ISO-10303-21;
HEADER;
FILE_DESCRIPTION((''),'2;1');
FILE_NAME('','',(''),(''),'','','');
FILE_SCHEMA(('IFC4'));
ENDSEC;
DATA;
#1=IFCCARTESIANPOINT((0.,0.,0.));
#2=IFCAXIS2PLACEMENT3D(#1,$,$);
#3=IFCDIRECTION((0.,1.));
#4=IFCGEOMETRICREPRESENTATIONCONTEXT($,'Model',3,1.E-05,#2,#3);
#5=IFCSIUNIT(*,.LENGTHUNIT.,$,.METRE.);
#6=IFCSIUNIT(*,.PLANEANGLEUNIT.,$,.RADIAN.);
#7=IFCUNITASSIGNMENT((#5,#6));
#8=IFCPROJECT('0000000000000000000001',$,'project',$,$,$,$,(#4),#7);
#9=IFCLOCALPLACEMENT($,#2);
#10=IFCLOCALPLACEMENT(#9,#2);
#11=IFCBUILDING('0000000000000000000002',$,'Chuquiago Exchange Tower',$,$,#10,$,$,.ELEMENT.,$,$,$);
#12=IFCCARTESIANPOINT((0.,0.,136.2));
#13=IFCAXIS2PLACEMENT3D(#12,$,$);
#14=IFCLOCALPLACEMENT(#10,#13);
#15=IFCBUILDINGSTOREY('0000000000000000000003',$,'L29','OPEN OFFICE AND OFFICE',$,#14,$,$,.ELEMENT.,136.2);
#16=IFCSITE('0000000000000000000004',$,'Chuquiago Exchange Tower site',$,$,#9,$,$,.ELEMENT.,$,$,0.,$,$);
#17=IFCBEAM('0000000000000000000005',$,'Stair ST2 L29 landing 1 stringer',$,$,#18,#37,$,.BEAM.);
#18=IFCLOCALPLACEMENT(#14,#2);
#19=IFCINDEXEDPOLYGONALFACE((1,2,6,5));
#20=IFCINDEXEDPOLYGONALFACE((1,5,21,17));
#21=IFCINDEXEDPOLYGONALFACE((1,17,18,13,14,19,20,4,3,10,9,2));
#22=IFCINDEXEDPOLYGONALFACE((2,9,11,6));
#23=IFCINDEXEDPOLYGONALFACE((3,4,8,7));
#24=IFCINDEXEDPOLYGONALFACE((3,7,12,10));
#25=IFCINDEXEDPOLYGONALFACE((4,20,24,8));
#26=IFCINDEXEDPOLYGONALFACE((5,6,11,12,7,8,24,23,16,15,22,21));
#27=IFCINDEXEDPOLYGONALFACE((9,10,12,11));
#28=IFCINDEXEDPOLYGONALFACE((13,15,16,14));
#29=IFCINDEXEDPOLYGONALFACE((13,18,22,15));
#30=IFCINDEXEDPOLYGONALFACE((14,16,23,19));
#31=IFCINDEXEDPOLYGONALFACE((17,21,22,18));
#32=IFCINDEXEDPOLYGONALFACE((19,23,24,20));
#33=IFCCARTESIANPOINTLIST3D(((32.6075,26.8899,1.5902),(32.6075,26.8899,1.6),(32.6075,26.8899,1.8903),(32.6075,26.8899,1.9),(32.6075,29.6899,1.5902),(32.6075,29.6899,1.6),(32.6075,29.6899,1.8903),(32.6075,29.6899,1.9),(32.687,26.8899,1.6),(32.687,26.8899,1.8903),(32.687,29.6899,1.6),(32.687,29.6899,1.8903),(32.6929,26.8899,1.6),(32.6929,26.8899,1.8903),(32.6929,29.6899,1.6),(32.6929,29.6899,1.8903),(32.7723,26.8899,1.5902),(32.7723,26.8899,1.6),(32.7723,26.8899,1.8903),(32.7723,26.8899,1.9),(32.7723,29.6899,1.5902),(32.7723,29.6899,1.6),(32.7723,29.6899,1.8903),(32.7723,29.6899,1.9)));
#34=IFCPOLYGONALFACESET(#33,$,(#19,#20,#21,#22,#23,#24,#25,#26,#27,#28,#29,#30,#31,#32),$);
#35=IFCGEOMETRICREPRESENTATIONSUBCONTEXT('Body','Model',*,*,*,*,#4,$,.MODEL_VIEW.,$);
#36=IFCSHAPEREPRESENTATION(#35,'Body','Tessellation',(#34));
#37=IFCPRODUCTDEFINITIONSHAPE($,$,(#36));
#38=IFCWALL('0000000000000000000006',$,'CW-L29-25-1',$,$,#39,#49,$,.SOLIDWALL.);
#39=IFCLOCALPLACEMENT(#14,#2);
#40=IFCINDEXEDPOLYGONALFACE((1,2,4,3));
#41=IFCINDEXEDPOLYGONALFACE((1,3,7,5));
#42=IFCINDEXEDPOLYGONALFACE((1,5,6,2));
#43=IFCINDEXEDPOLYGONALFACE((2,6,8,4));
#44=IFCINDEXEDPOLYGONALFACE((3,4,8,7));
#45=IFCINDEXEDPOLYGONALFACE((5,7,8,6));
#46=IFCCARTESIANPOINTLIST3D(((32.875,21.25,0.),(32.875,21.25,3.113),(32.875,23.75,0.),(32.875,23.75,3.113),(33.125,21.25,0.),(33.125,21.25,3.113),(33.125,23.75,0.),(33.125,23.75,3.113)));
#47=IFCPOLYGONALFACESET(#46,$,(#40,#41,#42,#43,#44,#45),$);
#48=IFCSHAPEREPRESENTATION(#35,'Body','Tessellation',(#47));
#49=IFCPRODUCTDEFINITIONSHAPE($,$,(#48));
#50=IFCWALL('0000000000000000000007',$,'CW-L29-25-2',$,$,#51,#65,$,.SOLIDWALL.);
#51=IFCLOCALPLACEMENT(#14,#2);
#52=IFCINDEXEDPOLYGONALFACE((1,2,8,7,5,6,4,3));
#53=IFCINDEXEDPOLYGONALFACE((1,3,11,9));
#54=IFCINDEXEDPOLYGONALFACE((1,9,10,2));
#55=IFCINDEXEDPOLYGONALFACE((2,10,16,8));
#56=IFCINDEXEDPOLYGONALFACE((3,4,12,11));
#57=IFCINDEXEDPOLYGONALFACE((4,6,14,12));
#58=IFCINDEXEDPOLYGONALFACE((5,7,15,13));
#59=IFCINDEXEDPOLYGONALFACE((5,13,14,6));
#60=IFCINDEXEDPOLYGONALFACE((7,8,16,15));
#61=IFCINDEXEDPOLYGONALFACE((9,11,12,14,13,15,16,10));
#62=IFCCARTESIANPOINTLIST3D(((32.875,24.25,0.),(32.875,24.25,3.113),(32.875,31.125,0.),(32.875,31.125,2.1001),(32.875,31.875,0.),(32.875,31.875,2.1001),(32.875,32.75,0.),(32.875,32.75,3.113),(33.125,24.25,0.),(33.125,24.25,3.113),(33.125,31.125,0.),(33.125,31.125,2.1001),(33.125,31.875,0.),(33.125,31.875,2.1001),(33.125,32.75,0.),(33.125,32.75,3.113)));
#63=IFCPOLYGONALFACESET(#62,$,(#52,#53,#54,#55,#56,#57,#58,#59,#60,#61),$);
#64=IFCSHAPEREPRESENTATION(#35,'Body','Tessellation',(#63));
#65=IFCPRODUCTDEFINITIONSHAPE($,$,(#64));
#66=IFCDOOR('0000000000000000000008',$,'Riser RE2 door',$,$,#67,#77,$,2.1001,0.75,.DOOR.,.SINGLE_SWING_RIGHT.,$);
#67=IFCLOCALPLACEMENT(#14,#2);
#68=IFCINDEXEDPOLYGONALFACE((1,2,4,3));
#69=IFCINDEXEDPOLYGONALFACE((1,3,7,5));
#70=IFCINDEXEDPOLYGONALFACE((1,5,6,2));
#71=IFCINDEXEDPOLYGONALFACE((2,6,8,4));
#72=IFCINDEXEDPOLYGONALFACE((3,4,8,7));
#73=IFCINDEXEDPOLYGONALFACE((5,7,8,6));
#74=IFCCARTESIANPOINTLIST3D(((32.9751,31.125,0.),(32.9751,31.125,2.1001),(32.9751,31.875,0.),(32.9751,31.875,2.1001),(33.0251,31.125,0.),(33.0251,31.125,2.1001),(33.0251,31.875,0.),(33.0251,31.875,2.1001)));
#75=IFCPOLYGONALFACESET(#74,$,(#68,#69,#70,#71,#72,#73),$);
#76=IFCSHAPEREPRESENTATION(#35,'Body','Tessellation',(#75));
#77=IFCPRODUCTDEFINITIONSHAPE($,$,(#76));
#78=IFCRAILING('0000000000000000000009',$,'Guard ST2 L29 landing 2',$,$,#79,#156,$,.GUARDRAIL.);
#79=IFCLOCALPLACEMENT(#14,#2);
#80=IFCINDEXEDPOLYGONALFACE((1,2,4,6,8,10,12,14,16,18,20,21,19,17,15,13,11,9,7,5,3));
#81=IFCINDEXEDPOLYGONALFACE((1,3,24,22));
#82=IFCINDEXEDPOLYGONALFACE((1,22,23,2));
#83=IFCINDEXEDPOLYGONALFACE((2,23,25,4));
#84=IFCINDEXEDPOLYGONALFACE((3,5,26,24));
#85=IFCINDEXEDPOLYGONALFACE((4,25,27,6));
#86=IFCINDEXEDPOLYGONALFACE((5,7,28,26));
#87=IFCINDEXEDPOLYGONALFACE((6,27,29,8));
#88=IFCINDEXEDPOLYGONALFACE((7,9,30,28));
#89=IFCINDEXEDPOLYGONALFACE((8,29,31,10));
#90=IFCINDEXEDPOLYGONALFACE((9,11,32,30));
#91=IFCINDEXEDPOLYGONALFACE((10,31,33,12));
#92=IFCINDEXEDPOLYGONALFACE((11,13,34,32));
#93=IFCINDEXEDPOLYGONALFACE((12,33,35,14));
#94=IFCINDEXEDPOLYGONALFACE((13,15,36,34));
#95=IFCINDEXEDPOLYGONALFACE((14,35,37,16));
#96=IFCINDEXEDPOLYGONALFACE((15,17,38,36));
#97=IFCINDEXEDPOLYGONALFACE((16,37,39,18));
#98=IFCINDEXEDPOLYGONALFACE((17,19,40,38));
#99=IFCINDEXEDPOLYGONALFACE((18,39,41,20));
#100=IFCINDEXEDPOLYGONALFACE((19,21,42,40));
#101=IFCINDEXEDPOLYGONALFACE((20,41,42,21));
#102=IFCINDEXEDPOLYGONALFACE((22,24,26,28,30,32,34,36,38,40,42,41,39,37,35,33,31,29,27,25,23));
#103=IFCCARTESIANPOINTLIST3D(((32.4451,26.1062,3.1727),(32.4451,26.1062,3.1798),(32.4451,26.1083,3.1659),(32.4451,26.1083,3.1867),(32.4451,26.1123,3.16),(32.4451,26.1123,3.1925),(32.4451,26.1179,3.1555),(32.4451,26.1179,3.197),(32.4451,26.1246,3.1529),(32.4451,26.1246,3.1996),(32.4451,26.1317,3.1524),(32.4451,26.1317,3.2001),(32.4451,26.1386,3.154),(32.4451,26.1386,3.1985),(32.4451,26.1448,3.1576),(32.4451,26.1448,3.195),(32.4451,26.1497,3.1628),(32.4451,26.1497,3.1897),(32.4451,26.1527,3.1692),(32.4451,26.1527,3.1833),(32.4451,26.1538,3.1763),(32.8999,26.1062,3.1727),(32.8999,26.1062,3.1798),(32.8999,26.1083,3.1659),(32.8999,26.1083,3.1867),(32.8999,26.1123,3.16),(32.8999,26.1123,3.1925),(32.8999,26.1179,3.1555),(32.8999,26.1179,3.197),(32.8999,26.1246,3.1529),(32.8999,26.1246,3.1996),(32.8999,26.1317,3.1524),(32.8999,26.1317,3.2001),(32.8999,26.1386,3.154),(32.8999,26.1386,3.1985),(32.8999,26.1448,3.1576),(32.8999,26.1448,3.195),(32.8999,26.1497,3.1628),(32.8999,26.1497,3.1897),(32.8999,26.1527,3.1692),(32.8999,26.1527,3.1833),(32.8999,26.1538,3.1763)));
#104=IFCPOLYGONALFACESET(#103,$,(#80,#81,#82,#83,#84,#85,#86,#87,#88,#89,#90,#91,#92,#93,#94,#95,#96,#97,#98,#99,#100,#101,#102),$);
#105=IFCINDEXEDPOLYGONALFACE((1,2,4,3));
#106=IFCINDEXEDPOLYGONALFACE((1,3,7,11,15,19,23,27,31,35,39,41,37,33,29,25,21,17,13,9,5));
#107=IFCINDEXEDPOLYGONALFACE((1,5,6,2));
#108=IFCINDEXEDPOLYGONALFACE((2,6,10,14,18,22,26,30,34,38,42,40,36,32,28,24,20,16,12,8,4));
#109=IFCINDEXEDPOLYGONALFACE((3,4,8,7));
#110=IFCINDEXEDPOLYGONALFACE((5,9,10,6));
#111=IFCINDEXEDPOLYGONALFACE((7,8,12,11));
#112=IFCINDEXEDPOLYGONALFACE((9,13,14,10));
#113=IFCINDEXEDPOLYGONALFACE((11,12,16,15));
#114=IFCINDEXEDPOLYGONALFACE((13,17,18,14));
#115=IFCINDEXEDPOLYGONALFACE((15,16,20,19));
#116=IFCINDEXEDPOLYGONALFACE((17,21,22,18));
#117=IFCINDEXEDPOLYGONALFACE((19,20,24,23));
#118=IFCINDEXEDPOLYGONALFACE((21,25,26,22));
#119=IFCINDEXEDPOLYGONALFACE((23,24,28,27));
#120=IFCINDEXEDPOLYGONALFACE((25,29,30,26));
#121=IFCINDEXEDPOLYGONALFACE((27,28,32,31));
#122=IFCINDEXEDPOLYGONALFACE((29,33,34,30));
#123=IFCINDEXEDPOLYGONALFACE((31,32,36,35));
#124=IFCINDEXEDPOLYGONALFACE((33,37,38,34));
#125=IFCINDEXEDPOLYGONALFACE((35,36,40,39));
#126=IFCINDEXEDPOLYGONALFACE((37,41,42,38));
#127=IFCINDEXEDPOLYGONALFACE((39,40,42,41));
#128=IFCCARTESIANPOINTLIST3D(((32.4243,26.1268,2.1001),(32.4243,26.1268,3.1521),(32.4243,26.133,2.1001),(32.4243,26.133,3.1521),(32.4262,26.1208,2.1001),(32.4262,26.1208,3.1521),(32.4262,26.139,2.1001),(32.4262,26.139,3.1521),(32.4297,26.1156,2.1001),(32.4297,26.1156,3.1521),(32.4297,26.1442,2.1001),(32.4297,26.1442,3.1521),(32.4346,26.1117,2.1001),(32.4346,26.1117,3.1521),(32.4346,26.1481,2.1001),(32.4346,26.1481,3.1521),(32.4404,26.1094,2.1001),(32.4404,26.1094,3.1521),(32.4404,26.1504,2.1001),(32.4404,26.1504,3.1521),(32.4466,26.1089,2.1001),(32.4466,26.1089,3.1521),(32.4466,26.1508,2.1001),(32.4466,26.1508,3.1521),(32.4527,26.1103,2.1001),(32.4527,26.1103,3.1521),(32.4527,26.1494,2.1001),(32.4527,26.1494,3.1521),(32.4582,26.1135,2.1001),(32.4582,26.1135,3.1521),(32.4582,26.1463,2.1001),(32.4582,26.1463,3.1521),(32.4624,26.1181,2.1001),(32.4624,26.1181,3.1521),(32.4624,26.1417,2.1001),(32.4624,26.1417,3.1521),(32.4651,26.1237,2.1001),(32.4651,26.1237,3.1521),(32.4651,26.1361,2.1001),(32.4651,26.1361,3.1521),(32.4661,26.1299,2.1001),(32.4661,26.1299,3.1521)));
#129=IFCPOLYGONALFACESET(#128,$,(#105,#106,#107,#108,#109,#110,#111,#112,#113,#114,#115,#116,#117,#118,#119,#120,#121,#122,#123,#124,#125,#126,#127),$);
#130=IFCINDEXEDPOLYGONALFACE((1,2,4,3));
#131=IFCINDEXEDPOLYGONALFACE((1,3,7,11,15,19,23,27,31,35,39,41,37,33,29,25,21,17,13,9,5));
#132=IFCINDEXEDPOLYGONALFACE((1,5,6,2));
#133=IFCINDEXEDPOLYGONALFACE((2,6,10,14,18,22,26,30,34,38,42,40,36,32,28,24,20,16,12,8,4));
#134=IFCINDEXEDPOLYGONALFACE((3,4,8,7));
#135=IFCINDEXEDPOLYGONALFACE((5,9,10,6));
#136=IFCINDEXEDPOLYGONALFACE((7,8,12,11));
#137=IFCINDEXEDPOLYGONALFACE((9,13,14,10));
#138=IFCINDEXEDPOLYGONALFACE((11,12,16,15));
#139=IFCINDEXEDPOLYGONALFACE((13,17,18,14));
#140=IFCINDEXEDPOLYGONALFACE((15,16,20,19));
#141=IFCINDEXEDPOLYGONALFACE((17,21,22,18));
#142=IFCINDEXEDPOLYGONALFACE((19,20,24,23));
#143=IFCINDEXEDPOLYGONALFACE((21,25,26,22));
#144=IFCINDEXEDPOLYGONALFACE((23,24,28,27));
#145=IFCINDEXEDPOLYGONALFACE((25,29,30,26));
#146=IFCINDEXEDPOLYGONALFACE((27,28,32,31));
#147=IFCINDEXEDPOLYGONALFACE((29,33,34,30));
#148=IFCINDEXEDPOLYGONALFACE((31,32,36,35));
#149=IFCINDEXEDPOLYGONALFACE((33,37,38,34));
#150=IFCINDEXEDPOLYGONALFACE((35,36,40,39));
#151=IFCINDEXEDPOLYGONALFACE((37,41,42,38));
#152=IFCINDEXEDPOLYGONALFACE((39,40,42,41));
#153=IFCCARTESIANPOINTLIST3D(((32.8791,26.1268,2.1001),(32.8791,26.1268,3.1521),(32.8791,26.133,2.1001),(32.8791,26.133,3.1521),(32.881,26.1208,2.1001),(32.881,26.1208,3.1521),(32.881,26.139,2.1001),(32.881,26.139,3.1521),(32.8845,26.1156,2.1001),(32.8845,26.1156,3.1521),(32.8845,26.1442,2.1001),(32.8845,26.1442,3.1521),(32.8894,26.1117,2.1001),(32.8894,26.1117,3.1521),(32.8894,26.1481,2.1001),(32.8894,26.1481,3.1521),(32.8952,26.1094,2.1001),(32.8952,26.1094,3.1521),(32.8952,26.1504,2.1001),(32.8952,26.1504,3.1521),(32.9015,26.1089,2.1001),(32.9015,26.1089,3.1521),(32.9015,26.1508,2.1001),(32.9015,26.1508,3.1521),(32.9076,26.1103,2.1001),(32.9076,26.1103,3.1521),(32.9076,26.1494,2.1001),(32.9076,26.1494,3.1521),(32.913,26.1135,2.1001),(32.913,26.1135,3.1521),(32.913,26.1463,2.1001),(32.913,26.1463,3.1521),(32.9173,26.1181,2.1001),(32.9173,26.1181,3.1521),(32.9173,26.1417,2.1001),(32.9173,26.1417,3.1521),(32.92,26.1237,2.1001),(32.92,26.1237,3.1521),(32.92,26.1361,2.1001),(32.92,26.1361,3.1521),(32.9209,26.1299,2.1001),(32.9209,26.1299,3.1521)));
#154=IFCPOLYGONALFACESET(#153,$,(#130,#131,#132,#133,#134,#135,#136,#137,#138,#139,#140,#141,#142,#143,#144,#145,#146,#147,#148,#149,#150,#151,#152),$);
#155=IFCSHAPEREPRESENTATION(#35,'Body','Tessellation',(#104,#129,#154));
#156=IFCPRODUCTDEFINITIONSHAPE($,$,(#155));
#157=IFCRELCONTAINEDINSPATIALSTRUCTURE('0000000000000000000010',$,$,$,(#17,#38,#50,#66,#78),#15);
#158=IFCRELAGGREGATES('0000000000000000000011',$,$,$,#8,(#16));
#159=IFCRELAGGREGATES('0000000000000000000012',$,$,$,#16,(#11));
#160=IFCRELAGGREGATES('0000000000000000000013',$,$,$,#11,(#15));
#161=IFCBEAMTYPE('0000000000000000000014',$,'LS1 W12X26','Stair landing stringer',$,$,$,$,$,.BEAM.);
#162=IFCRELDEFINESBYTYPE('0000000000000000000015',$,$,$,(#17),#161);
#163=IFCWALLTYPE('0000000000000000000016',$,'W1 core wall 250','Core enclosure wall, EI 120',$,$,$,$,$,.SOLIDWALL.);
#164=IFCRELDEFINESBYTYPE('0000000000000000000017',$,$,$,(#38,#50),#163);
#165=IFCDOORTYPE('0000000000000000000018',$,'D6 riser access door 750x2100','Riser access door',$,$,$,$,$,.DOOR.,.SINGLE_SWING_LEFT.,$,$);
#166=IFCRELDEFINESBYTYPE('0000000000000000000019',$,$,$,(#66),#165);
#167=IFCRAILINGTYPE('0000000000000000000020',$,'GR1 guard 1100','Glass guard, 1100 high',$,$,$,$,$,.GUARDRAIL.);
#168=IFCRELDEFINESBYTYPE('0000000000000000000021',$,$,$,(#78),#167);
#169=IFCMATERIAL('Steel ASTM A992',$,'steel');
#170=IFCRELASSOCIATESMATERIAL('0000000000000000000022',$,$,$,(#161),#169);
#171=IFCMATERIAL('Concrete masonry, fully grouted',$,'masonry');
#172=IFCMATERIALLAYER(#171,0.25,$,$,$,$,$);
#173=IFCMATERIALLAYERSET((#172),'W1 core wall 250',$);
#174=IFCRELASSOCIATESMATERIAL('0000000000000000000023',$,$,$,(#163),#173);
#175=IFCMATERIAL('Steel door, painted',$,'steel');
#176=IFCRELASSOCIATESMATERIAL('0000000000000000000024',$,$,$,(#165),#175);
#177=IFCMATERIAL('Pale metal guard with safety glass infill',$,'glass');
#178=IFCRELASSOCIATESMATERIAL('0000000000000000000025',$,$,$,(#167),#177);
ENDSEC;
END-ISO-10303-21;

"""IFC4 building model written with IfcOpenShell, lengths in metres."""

from ifc_helpers import new_model, si_unit, direction, frame, frame_2d, origin, origin_2d, place, context, subcontext, project, spatial, rectangle, circle, i_section, extrude, material, layer, layer_set, material_profile, profile_set, type_object, element, fill, save


model = new_model("IFC4")

# Units and contexts
model_context = context("Model", 3, precision=1e-05, world=origin(), true_north=direction((0.0, 1.0)))
body_context = subcontext(model_context, "Body", "Model", "MODEL_VIEW")
ifc_project = project(units=[si_unit("LENGTHUNIT", "METRE"), si_unit("PLANEANGLEUNIT", "RADIAN")], contexts=[model_context])

# Site, building, storey
site_placement = place(None, origin())
site = spatial("IfcSite", under=ifc_project, at=site_placement, Name="Chuquiago Exchange Tower site", CompositionType="ELEMENT", RefElevation=0.0)
building_placement = place(site_placement, origin())
building = spatial("IfcBuilding", under=site, at=building_placement, Name="Chuquiago Exchange Tower", CompositionType="ELEMENT")
storey_placement = place(building_placement, frame((0.0, 0.0, 136.2)))
storey = spatial("IfcBuildingStorey", under=building, at=storey_placement, Name="L29", Description="OPEN OFFICE AND OFFICE", CompositionType="ELEMENT", Elevation=136.2)

# Beam
ifc_material_1 = material(Name="Steel ASTM A992", Category="steel")
ifc_material_profile_1 = material_profile(ifc_material_1, i_section(OverallWidth=0.1648, OverallDepth=0.3098, WebThickness=0.0059, FlangeThickness=0.0098, at=origin_2d()), Name="W12X26")
ifc_profile_set_1 = profile_set([ifc_material_profile_1], Name="Steel ASTM A992")
beam_type_1 = type_object("IfcBeamType", Name="LS1 W12X26", Description="Stair landing stringer", PredefinedType="BEAM", material=ifc_profile_set_1)
beam_1_placement = place(storey_placement, frame((32.6899, 26.8899, 1.7451), z_axis=(0.0, 1.0, 0.0), x_axis=(-1.0, 0.0, 0.0)))
element("IfcBeam", 1, at=beam_1_placement, inside=storey, type_object=beam_type_1, Name="Stair ST2 L29 landing 1 stringer", PredefinedType="BEAM", context=body_context, shape_type="SweptSolid", body=[
    extrude(i_section(OverallWidth=0.1648, OverallDepth=0.3098, WebThickness=0.0059, FlangeThickness=0.0098, at=origin_2d()), origin(), (0.0, 0.0, 1.0), 2.8),
])

# Wall
ifc_material_2 = material(Name="Concrete masonry, fully grouted", Category="masonry")
ifc_layer_1 = layer(ifc_material_2, 0.25)
ifc_layer_set_1 = layer_set([ifc_layer_1], Name="W1 core wall 250")
wall_type_1 = type_object("IfcWallType", Name="W1 core wall 250", Description="Core enclosure wall, EI 120", PredefinedType="SOLIDWALL", material=ifc_layer_set_1)
wall_1_placement = place(storey_placement, frame((33.0, 21.25, 0.0), z_axis=(0.0, 0.0, 1.0), x_axis=(0.0, 1.0, 0.0)))
element("IfcWall", 2, at=wall_1_placement, inside=storey, type_object=wall_type_1, Name="CW-L29-25-1", PredefinedType="SOLIDWALL", context=body_context, shape_type="SweptSolid", body=[
    extrude(rectangle(XDim=2.5, YDim=0.25, at=frame_2d((1.25, 0.0))), origin(), (0.0, 0.0, 1.0), 3.113),
])

# Wall, opening, door
wall_2_placement = place(storey_placement, frame((33.0, 24.25, 0.0), z_axis=(0.0, 0.0, 1.0), x_axis=(0.0, 1.0, 0.0)))
wall_2 = element("IfcWall", 3, at=wall_2_placement, inside=storey, type_object=wall_type_1, Name="CW-L29-25-2", PredefinedType="SOLIDWALL", context=body_context, shape_type="SweptSolid", body=[
    extrude(rectangle(XDim=8.5, YDim=0.25, at=frame_2d((4.25, 0.0))), origin(), (0.0, 0.0, 1.0), 3.113),
])
opening_1_placement = place(wall_2_placement, frame((6.875, 0.0, 0.0)))
opening_1 = element("IfcOpeningElement", 4, at=opening_1_placement, cuts=wall_2, PredefinedType="OPENING", context=body_context, shape_type="SweptSolid", body=[
    extrude(rectangle(XDim=0.75, YDim=2.1001, at=frame_2d((0.375, 1.05))), frame((0.0, 0.135, 0.0), z_axis=(0.0, -1.0, 0.0), x_axis=(1.0, 0.0, 0.0)), (0.0, 0.0, 1.0), 0.27),
])
ifc_material_3 = material(Name="Steel door, painted", Category="steel")
door_type_1 = type_object("IfcDoorType", Name="D6 riser access door 750x2100", Description="Riser access door", OperationType="SINGLE_SWING_LEFT", PredefinedType="DOOR", material=ifc_material_3)
door_1_placement = place(opening_1_placement, origin())
door_1 = element("IfcDoor", 5, at=door_1_placement, inside=storey, type_object=door_type_1, Name="Riser RE2 door", OperationType="SINGLE_SWING_RIGHT", OverallHeight=2.1001, OverallWidth=0.75, PredefinedType="DOOR", context=body_context, shape_type="SweptSolid", body=[
    extrude(rectangle(XDim=0.75, YDim=2.1001, at=frame_2d((0.375, 1.05))), frame((0.0, 0.0249, 0.0), z_axis=(0.0, -1.0, 0.0), x_axis=(1.0, 0.0, 0.0)), (0.0, 0.0, 1.0), 0.05),
])
fill(opening_1, door_1)

# Railing
ifc_material_4 = material(Name="Pale metal guard with safety glass infill", Category="glass")
railing_type_1 = type_object("IfcRailingType", Name="GR1 guard 1100", Description="Glass guard, 1100 high", PredefinedType="GUARDRAIL", material=ifc_material_4)
railing_1_placement = place(storey_placement, frame((32.4451, 26.1299, 2.1001)))
element("IfcRailing", 6, at=railing_1_placement, inside=storey, type_object=railing_type_1, Name="Guard ST2 L29 landing 2", PredefinedType="GUARDRAIL", context=body_context, shape_type="SweptSolid", body=[
    extrude(circle(Radius=0.0239, at=origin_2d()), frame((0.0, 0.0, 1.0762), z_axis=(1.0, 0.0, 0.0), x_axis=(0.0, 1.0, 0.0)), (0.0, 0.0, 1.0), 0.4548),
    extrude(circle(Radius=0.021, at=origin_2d()), origin(), (0.0, 0.0, 1.0), 1.052),
    extrude(circle(Radius=0.021, at=origin_2d()), frame((0.4548, 0.0, 0.0)), (0.0, 0.0, 1.0), 1.052),
])

save(model, "model.ifc")
